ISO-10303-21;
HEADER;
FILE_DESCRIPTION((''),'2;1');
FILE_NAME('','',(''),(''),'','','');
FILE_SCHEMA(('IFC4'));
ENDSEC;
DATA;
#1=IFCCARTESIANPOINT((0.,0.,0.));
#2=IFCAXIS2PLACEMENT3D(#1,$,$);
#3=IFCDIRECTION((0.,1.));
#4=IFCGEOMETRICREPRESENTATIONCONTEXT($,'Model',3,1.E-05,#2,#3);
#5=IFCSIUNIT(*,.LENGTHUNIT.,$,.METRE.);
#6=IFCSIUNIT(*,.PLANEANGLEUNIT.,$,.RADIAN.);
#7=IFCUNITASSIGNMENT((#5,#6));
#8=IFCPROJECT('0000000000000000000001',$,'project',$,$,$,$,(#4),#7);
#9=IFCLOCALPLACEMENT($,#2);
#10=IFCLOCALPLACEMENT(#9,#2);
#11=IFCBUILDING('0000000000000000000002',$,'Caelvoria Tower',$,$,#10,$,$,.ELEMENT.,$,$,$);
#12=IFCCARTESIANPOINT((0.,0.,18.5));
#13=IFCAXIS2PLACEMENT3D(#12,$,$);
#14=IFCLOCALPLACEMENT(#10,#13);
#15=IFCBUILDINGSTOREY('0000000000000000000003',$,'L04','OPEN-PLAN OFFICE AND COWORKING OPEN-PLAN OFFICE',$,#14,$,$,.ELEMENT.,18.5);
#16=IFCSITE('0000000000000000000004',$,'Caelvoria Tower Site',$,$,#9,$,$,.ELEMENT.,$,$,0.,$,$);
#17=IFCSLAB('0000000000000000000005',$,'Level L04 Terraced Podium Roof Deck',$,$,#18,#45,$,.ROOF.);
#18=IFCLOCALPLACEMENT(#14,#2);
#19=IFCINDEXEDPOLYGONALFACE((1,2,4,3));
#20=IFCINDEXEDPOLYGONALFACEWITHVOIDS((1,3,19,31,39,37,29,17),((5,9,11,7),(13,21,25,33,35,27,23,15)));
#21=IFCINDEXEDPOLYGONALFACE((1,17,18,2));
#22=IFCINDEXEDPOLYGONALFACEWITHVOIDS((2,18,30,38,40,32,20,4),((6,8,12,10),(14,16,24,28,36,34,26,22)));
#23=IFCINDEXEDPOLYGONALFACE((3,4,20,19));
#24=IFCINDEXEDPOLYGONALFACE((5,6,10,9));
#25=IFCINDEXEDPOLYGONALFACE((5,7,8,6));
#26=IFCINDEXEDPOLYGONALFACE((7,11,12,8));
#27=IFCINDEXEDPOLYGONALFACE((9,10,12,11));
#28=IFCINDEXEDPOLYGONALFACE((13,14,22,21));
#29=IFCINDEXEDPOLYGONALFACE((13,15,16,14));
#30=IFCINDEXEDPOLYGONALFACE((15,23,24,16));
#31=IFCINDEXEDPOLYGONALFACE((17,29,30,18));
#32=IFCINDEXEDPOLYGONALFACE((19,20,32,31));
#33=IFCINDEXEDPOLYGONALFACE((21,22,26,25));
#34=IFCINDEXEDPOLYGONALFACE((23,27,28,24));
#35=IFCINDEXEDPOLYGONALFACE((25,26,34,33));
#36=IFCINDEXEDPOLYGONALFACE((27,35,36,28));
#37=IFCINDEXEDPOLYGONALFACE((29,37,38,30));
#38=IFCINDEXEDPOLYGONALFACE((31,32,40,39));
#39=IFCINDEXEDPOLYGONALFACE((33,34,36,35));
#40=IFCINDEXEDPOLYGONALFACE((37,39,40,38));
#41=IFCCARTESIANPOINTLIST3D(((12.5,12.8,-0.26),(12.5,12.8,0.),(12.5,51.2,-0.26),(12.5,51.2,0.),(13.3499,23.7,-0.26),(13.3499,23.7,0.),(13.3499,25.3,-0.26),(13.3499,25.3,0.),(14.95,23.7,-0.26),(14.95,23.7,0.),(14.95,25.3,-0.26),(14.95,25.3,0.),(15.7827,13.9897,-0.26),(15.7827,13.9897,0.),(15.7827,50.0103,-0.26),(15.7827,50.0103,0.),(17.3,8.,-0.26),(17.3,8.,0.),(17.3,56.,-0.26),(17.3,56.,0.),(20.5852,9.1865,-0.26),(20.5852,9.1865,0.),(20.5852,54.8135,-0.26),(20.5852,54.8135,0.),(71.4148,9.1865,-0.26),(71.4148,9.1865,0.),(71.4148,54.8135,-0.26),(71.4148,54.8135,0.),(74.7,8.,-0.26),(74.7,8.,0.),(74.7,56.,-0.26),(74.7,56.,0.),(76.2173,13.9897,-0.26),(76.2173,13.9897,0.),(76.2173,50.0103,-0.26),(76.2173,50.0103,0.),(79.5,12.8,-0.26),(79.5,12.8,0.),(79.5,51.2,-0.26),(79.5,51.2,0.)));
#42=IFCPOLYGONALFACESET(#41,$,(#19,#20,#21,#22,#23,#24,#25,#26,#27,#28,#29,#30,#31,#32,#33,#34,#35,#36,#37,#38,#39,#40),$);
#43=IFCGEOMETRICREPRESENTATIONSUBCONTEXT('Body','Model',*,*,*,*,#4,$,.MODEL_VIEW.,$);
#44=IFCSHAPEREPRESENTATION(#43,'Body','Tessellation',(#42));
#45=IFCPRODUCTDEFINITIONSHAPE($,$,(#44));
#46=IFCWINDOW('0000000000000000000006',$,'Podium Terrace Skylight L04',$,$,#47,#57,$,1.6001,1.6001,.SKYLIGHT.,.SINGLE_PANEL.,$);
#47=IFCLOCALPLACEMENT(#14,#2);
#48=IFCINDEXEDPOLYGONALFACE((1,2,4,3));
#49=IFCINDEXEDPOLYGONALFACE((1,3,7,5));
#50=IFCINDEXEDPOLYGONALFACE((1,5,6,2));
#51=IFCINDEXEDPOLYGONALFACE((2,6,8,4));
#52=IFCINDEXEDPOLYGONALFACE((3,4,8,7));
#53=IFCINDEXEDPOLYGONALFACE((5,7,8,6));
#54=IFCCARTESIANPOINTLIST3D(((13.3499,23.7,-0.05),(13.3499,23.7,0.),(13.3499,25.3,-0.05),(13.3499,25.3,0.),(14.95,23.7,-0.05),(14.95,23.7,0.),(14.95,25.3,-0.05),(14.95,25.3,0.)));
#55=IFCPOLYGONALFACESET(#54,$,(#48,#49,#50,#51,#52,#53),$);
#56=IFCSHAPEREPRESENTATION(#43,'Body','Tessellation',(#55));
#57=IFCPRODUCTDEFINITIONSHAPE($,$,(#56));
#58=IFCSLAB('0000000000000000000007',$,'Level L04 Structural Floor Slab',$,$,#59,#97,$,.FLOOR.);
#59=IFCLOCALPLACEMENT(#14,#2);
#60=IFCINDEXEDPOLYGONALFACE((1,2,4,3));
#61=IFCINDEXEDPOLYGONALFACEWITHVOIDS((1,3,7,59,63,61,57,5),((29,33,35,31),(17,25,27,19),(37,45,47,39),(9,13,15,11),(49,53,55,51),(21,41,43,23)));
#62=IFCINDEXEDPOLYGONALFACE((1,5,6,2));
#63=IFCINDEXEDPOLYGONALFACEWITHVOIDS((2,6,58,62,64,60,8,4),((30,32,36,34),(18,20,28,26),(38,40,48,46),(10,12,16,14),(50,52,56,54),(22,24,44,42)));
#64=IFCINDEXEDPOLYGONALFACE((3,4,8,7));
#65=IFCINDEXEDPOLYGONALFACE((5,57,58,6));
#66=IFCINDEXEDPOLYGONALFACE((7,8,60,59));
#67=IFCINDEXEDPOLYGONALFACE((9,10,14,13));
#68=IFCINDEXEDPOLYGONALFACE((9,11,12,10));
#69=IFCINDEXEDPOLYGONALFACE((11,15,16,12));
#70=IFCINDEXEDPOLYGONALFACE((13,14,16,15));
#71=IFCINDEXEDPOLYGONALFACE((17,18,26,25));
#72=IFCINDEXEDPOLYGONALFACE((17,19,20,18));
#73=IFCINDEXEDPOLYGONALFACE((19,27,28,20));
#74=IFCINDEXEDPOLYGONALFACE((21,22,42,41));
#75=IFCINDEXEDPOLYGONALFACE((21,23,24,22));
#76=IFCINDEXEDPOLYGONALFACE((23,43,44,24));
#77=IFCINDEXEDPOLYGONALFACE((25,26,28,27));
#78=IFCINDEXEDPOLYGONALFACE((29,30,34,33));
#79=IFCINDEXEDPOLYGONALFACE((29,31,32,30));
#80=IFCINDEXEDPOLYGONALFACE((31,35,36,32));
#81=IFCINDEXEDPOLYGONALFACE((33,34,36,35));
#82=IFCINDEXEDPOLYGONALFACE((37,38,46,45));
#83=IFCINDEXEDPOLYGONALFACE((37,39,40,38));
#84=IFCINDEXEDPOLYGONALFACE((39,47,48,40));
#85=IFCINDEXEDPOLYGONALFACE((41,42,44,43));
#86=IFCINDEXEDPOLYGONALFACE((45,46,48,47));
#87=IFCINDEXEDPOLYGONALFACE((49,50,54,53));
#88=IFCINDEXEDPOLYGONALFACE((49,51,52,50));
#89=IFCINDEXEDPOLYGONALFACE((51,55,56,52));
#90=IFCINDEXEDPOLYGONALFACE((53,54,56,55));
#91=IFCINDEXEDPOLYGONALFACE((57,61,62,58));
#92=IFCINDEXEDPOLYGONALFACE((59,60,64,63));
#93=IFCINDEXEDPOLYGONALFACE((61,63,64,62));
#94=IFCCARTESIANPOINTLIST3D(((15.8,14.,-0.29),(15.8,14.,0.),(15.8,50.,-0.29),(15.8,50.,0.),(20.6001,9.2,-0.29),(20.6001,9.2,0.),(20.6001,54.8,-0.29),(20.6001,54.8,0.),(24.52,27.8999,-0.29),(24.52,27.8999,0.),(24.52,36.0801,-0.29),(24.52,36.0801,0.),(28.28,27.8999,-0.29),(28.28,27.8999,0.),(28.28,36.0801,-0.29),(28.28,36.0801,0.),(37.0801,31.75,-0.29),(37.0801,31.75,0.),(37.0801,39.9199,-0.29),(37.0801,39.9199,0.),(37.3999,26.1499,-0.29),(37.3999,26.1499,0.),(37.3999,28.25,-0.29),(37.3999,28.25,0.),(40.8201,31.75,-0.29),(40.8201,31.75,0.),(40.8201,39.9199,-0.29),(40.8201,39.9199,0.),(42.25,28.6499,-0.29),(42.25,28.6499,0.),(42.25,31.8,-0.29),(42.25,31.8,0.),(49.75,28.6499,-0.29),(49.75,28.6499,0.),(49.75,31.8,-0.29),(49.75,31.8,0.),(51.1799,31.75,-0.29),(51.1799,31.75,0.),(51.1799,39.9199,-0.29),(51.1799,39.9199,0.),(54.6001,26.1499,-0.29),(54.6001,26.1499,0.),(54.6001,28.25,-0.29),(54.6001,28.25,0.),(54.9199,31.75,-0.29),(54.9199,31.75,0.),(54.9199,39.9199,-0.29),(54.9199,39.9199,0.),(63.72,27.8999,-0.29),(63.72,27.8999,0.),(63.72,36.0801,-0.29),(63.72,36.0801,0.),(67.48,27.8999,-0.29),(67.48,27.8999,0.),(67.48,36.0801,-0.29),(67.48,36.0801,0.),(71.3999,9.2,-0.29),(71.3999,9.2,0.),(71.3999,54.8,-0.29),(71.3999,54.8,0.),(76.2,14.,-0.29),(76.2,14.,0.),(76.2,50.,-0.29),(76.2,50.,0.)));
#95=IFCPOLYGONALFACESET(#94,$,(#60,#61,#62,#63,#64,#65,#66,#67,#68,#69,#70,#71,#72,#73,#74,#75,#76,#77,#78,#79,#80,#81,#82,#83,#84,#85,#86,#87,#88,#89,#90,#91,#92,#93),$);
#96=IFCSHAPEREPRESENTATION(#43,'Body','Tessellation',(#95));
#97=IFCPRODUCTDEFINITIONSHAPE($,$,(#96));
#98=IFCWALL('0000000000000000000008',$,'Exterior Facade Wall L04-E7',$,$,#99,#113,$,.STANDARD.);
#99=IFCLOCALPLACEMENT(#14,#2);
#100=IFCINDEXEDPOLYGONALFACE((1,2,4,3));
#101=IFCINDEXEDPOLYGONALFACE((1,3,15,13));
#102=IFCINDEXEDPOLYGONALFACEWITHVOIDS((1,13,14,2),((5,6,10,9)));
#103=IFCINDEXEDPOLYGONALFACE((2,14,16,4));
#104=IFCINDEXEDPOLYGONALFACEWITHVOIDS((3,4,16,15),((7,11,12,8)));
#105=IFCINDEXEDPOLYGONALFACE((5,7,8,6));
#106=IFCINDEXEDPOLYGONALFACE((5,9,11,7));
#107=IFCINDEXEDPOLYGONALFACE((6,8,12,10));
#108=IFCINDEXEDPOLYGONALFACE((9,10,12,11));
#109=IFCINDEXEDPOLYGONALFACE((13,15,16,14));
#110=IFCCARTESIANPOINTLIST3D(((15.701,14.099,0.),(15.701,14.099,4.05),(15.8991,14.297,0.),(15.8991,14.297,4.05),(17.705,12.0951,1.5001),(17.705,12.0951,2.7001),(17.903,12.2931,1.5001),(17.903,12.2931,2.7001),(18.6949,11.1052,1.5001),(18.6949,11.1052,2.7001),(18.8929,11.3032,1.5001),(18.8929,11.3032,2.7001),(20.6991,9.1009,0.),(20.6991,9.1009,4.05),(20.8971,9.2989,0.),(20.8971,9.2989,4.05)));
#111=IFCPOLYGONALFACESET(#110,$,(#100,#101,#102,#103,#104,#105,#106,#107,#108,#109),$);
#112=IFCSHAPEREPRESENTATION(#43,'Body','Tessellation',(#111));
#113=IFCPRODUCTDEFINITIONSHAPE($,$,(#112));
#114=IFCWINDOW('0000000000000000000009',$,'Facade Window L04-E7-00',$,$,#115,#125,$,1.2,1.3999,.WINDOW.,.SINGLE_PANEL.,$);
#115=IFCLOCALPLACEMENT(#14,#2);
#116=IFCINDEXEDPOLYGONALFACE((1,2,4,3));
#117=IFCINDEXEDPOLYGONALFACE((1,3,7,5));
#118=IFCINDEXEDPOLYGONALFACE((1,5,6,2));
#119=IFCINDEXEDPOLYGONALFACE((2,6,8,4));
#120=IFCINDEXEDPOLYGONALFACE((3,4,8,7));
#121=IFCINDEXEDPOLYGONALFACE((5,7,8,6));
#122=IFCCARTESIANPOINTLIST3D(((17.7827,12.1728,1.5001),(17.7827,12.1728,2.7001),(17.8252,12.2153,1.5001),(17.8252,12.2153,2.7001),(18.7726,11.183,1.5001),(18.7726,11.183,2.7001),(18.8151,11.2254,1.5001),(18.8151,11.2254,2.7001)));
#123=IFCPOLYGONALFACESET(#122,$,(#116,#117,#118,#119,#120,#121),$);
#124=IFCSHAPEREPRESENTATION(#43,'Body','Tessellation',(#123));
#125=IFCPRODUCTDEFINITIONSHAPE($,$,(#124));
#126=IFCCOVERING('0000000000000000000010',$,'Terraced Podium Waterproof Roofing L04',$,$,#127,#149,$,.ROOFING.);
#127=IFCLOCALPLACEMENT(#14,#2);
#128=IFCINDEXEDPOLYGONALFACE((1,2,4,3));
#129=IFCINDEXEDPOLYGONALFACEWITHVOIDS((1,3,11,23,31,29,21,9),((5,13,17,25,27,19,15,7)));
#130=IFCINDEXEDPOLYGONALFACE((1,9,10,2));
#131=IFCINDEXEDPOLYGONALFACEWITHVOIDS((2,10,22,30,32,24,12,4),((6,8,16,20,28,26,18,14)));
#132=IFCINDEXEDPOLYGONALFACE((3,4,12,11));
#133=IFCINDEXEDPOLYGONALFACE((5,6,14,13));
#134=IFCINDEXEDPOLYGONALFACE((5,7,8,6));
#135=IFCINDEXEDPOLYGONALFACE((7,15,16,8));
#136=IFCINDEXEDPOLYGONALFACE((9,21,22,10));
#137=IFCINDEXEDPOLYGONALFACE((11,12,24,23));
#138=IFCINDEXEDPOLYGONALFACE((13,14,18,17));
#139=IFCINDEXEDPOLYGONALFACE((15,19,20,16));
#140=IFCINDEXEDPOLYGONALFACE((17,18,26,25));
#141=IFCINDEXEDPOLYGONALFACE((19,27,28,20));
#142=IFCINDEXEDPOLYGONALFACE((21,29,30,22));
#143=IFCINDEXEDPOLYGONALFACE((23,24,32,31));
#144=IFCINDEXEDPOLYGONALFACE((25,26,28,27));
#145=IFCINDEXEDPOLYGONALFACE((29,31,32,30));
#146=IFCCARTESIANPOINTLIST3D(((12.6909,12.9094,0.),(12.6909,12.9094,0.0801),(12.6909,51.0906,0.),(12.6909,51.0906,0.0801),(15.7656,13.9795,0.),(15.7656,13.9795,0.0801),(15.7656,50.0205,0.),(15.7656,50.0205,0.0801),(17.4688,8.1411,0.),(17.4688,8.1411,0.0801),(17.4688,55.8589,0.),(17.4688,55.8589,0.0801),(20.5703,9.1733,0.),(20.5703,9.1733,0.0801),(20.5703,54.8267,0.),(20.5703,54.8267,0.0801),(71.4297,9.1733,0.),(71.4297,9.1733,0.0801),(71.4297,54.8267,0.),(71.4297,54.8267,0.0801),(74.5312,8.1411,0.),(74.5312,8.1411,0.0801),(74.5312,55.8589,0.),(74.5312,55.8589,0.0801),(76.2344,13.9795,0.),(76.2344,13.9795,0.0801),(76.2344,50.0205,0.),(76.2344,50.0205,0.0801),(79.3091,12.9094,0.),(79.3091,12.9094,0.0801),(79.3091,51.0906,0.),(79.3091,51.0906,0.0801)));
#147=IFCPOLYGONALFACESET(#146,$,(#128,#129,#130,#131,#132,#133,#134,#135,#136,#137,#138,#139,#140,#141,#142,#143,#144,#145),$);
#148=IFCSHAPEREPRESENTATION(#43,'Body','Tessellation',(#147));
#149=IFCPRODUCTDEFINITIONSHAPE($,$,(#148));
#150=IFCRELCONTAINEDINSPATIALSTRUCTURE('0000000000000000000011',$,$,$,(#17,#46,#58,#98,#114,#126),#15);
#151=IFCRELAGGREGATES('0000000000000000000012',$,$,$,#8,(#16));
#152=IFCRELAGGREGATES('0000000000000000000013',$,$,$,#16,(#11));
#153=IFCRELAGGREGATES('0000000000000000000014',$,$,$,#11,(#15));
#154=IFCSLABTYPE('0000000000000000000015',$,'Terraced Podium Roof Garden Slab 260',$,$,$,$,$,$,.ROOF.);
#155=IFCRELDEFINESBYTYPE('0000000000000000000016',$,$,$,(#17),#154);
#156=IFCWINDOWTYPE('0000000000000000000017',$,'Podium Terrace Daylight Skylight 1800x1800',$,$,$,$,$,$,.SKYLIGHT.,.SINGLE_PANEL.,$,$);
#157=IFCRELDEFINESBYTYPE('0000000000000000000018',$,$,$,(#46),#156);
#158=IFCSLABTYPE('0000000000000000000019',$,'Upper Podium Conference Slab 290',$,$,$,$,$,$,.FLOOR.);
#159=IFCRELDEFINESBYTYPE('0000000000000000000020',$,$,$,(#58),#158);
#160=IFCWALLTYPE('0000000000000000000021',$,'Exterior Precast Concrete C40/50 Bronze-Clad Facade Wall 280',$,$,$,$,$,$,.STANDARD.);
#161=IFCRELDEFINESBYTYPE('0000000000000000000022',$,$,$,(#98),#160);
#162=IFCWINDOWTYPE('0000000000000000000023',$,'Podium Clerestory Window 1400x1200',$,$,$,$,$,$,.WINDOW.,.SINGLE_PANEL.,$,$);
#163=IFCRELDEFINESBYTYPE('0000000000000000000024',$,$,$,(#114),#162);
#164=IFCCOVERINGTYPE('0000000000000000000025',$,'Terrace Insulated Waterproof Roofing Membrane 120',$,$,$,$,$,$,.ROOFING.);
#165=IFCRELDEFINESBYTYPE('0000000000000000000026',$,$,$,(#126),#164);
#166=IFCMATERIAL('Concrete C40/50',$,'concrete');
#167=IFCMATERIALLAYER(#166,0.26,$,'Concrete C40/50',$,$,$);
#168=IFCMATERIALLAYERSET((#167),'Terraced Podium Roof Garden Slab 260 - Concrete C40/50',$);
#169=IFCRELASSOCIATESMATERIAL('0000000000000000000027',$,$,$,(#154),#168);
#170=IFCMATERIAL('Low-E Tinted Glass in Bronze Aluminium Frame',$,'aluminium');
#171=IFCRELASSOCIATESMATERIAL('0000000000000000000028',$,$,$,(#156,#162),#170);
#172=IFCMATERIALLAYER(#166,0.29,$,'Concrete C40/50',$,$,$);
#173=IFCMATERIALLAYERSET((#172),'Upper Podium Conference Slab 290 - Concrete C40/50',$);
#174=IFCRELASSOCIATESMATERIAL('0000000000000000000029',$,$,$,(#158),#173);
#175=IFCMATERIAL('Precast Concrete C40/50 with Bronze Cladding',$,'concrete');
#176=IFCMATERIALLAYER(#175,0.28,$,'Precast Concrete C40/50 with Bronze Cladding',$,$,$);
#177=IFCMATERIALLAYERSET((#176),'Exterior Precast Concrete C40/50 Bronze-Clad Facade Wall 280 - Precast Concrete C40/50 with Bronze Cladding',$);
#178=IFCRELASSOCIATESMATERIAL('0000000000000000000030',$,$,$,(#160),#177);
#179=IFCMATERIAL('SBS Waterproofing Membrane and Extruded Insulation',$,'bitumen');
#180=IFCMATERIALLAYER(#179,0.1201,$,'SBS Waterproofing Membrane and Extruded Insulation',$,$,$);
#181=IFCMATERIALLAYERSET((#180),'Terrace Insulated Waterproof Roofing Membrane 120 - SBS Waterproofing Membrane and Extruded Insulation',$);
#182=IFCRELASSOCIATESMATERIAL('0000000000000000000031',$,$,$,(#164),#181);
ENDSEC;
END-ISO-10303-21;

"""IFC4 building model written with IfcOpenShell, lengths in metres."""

from ifc_helpers import new_model, si_unit, direction, frame, frame_2d, origin, origin_2d, place, context, subcontext, project, spatial, polyline, rectangle, outline, extrude, material, layer, layer_set, type_object, element, fill, save


model = new_model("IFC4")

# Units and contexts
model_context = context("Model", 3, precision=1e-05, world=origin(), true_north=direction((0.0, 1.0)))
body_context = subcontext(model_context, "Body", "Model", "MODEL_VIEW")
ifc_project = project(units=[si_unit("LENGTHUNIT", "METRE"), si_unit("PLANEANGLEUNIT", "RADIAN")], contexts=[model_context])

# Site, building, storey
site_placement = place(None, origin())
site = spatial("IfcSite", under=ifc_project, at=site_placement, Name="Caelvoria Tower Site", CompositionType="ELEMENT", RefElevation=0.0)
building_placement = place(site_placement, origin())
building = spatial("IfcBuilding", under=site, at=building_placement, Name="Caelvoria Tower", CompositionType="ELEMENT")
storey_placement = place(building_placement, frame((0.0, 0.0, 18.5)))
storey = spatial("IfcBuildingStorey", under=building, at=storey_placement, Name="L04", Description="OPEN-PLAN OFFICE AND COWORKING OPEN-PLAN OFFICE", CompositionType="ELEMENT", Elevation=18.5)

# Shared definitions
ifc_material_1 = material(Name="Concrete C40/50", Category="concrete")

# Slab, opening, window
ifc_layer_1 = layer(ifc_material_1, 0.26, Name="Concrete C40/50")
ifc_layer_set_1 = layer_set([ifc_layer_1], Name="Terraced Podium Roof Garden Slab 260 - Concrete C40/50")
slab_type_1 = type_object("IfcSlabType", Name="Terraced Podium Roof Garden Slab 260", PredefinedType="ROOF", material=ifc_layer_set_1)
slab_1_placement = place(storey_placement, frame((0.0, 0.0, -0.26)))
slab_1 = element("IfcSlab", 1, at=slab_1_placement, inside=storey, type_object=slab_type_1, Name="Level L04 Terraced Podium Roof Deck", PredefinedType="ROOF", context=body_context, shape_type="SweptSolid", body=[
    extrude(outline(polyline([(17.3, 8.0), (74.7, 8.0), (79.5, 12.8), (79.5, 51.2), (74.7, 56.0), (17.3, 56.0), (12.5, 51.2), (12.5, 12.8), (17.3, 8.0)]), holes=[polyline([(20.5852, 9.1865), (71.4148, 9.1865), (76.2173, 13.9897), (76.2173, 50.0103), (71.4148, 54.8135), (20.5852, 54.8135), (15.7827, 50.0103), (15.7827, 13.9897), (20.5852, 9.1865)])]), origin(), (0.0, 0.0, 1.0), 0.26),
])
opening_1_placement = place(slab_1_placement, frame((14.1499, 24.5, 0.0)))
opening_1 = element("IfcOpeningElement", 2, at=opening_1_placement, cuts=slab_1, PredefinedType="OPENING", context=body_context, shape_type="SweptSolid", body=[
    extrude(rectangle(XDim=1.6001, YDim=1.6001, at=origin_2d()), origin(), (0.0, 0.0, 1.0), 0.26),
])
ifc_material_2 = material(Name="Low-E Tinted Glass in Bronze Aluminium Frame", Category="aluminium")
window_type_1 = type_object("IfcWindowType", Name="Podium Terrace Daylight Skylight 1800x1800", PartitioningType="SINGLE_PANEL", PredefinedType="SKYLIGHT", material=ifc_material_2)
window_1_placement = place(opening_1_placement, frame((0.0, 0.0, 0.21)))
window_1 = element("IfcWindow", 3, at=window_1_placement, inside=storey, type_object=window_type_1, Name="Podium Terrace Skylight L04", OverallHeight=1.6001, OverallWidth=1.6001, PartitioningType="SINGLE_PANEL", PredefinedType="SKYLIGHT", context=body_context, shape_type="SweptSolid", body=[
    extrude(rectangle(XDim=1.6001, YDim=1.6001, at=origin_2d()), origin(), (0.0, 0.0, 1.0), 0.05),
])
fill(opening_1, window_1)

# Slab
ifc_layer_2 = layer(ifc_material_1, 0.29, Name="Concrete C40/50")
ifc_layer_set_2 = layer_set([ifc_layer_2], Name="Upper Podium Conference Slab 290 - Concrete C40/50")
slab_type_2 = type_object("IfcSlabType", Name="Upper Podium Conference Slab 290", PredefinedType="FLOOR", material=ifc_layer_set_2)
slab_2_placement = place(storey_placement, frame((0.0, 0.0, -0.29)))
element("IfcSlab", 4, at=slab_2_placement, inside=storey, type_object=slab_type_2, Name="Level L04 Structural Floor Slab", PredefinedType="FLOOR", context=body_context, shape_type="SweptSolid", body=[
    extrude(outline(polyline([(20.6001, 9.2), (71.3999, 9.2), (76.2, 14.0), (76.2, 50.0), (71.3999, 54.8), (20.6001, 54.8), (15.8, 50.0), (15.8, 14.0), (20.6001, 9.2)]), holes=[polyline([(37.0801, 31.75), (40.8201, 31.75), (40.8201, 39.9199), (37.0801, 39.9199), (37.0801, 31.75)]), polyline([(51.1799, 31.75), (54.9199, 31.75), (54.9199, 39.9199), (51.1799, 39.9199), (51.1799, 31.75)]), polyline([(42.25, 28.6499), (49.75, 28.6499), (49.75, 31.8), (42.25, 31.8), (42.25, 28.6499)]), polyline([(24.52, 27.8999), (28.28, 27.8999), (28.28, 36.0801), (24.52, 36.0801), (24.52, 27.8999)]), polyline([(63.72, 27.8999), (67.48, 27.8999), (67.48, 36.0801), (63.72, 36.0801), (63.72, 27.8999)]), polyline([(37.3999, 26.1499), (54.6001, 26.1499), (54.6001, 28.25), (37.3999, 28.25), (37.3999, 26.1499)])]), origin(), (0.0, 0.0, 1.0), 0.29),
])

# Shared definitions
ifc_material_3 = material(Name="Precast Concrete C40/50 with Bronze Cladding", Category="concrete")
ifc_layer_3 = layer(ifc_material_3, 0.28, Name="Precast Concrete C40/50 with Bronze Cladding")
ifc_layer_set_3 = layer_set([ifc_layer_3], Name="Exterior Precast Concrete C40/50 Bronze-Clad Facade Wall 280 - Precast Concrete C40/50 with Bronze Cladding")
wall_type = type_object("IfcWallType", Name="Exterior Precast Concrete C40/50 Bronze-Clad Facade Wall 280", PredefinedType="STANDARD", material=ifc_layer_set_3)

# Wall, opening, window
wall_1_placement = place(storey_placement, frame((15.8, 14.198, 0.0), z_axis=(0.0, 0.0, 1.0), x_axis=(0.707107, -0.707107, 0.0)))
wall_1 = element("IfcWall", 5, at=wall_1_placement, inside=storey, type_object=wall_type, Name="Exterior Facade Wall L04-E7", PredefinedType="STANDARD", context=body_context, shape_type="SweptSolid", body=[
    extrude(rectangle(XDim=7.0684, YDim=0.28, at=frame_2d((3.5342, 0.0))), origin(), (0.0, 0.0, 1.0), 4.05),
])
opening_2_placement = place(wall_1_placement, frame((2.834, 0.0, 1.5)))
opening_2 = element("IfcOpeningElement", 6, at=opening_2_placement, cuts=wall_1, PredefinedType="OPENING", context=body_context, shape_type="SweptSolid", body=[
    extrude(rectangle(XDim=1.3999, YDim=1.2, at=frame_2d((0.7, 0.6001))), frame((0.0, 0.1499, 0.0), z_axis=(0.0, -1.0, 0.0), x_axis=(1.0, 0.0, 0.0)), (0.0, 0.0, 1.0), 0.3),
])
window_type_2 = type_object("IfcWindowType", Name="Podium Clerestory Window 1400x1200", PartitioningType="SINGLE_PANEL", PredefinedType="WINDOW", material=ifc_material_2)
window_2_placement = place(opening_2_placement, origin())
window_2 = element("IfcWindow", 7, at=window_2_placement, inside=storey, type_object=window_type_2, Name="Facade Window L04-E7-00", OverallHeight=1.2, OverallWidth=1.3999, PartitioningType="SINGLE_PANEL", PredefinedType="WINDOW", context=body_context, shape_type="SweptSolid", body=[
    extrude(rectangle(XDim=1.3999, YDim=1.2, at=frame_2d((0.7, 0.6001))), frame((0.0, 0.03, 0.0), z_axis=(0.0, -1.0, 0.0), x_axis=(1.0, 0.0, 0.0)), (0.0, 0.0, 1.0), 0.0601),
])
fill(opening_2, window_2)

# Covering
ifc_material_4 = material(Name="SBS Waterproofing Membrane and Extruded Insulation", Category="bitumen")
ifc_layer_4 = layer(ifc_material_4, 0.1201, Name="SBS Waterproofing Membrane and Extruded Insulation")
ifc_layer_set_4 = layer_set([ifc_layer_4], Name="Terrace Insulated Waterproof Roofing Membrane 120 - SBS Waterproofing Membrane and Extruded Insulation")
covering_type = type_object("IfcCoveringType", Name="Terrace Insulated Waterproof Roofing Membrane 120", PredefinedType="ROOFING", material=ifc_layer_set_4)
covering_placement = place(storey_placement, origin())
element("IfcCovering", 8, at=covering_placement, inside=storey, type_object=covering_type, Name="Terraced Podium Waterproof Roofing L04", PredefinedType="ROOFING", context=body_context, shape_type="SweptSolid", body=[
    extrude(outline(polyline([(17.4688, 8.1411), (74.5312, 8.1411), (79.3091, 12.9094), (79.3091, 51.0906), (74.5312, 55.8589), (17.4688, 55.8589), (12.6909, 51.0906), (12.6909, 12.9094), (17.4688, 8.1411)]), holes=[polyline([(15.7656, 13.9795), (15.7656, 50.0205), (20.5703, 54.8267), (71.4297, 54.8267), (76.2344, 50.0205), (76.2344, 13.9795), (71.4297, 9.1733), (20.5703, 9.1733), (15.7656, 13.9795)])]), origin(), (0.0, 0.0, 1.0), 0.0801),
])

save(model, "model.ifc")
